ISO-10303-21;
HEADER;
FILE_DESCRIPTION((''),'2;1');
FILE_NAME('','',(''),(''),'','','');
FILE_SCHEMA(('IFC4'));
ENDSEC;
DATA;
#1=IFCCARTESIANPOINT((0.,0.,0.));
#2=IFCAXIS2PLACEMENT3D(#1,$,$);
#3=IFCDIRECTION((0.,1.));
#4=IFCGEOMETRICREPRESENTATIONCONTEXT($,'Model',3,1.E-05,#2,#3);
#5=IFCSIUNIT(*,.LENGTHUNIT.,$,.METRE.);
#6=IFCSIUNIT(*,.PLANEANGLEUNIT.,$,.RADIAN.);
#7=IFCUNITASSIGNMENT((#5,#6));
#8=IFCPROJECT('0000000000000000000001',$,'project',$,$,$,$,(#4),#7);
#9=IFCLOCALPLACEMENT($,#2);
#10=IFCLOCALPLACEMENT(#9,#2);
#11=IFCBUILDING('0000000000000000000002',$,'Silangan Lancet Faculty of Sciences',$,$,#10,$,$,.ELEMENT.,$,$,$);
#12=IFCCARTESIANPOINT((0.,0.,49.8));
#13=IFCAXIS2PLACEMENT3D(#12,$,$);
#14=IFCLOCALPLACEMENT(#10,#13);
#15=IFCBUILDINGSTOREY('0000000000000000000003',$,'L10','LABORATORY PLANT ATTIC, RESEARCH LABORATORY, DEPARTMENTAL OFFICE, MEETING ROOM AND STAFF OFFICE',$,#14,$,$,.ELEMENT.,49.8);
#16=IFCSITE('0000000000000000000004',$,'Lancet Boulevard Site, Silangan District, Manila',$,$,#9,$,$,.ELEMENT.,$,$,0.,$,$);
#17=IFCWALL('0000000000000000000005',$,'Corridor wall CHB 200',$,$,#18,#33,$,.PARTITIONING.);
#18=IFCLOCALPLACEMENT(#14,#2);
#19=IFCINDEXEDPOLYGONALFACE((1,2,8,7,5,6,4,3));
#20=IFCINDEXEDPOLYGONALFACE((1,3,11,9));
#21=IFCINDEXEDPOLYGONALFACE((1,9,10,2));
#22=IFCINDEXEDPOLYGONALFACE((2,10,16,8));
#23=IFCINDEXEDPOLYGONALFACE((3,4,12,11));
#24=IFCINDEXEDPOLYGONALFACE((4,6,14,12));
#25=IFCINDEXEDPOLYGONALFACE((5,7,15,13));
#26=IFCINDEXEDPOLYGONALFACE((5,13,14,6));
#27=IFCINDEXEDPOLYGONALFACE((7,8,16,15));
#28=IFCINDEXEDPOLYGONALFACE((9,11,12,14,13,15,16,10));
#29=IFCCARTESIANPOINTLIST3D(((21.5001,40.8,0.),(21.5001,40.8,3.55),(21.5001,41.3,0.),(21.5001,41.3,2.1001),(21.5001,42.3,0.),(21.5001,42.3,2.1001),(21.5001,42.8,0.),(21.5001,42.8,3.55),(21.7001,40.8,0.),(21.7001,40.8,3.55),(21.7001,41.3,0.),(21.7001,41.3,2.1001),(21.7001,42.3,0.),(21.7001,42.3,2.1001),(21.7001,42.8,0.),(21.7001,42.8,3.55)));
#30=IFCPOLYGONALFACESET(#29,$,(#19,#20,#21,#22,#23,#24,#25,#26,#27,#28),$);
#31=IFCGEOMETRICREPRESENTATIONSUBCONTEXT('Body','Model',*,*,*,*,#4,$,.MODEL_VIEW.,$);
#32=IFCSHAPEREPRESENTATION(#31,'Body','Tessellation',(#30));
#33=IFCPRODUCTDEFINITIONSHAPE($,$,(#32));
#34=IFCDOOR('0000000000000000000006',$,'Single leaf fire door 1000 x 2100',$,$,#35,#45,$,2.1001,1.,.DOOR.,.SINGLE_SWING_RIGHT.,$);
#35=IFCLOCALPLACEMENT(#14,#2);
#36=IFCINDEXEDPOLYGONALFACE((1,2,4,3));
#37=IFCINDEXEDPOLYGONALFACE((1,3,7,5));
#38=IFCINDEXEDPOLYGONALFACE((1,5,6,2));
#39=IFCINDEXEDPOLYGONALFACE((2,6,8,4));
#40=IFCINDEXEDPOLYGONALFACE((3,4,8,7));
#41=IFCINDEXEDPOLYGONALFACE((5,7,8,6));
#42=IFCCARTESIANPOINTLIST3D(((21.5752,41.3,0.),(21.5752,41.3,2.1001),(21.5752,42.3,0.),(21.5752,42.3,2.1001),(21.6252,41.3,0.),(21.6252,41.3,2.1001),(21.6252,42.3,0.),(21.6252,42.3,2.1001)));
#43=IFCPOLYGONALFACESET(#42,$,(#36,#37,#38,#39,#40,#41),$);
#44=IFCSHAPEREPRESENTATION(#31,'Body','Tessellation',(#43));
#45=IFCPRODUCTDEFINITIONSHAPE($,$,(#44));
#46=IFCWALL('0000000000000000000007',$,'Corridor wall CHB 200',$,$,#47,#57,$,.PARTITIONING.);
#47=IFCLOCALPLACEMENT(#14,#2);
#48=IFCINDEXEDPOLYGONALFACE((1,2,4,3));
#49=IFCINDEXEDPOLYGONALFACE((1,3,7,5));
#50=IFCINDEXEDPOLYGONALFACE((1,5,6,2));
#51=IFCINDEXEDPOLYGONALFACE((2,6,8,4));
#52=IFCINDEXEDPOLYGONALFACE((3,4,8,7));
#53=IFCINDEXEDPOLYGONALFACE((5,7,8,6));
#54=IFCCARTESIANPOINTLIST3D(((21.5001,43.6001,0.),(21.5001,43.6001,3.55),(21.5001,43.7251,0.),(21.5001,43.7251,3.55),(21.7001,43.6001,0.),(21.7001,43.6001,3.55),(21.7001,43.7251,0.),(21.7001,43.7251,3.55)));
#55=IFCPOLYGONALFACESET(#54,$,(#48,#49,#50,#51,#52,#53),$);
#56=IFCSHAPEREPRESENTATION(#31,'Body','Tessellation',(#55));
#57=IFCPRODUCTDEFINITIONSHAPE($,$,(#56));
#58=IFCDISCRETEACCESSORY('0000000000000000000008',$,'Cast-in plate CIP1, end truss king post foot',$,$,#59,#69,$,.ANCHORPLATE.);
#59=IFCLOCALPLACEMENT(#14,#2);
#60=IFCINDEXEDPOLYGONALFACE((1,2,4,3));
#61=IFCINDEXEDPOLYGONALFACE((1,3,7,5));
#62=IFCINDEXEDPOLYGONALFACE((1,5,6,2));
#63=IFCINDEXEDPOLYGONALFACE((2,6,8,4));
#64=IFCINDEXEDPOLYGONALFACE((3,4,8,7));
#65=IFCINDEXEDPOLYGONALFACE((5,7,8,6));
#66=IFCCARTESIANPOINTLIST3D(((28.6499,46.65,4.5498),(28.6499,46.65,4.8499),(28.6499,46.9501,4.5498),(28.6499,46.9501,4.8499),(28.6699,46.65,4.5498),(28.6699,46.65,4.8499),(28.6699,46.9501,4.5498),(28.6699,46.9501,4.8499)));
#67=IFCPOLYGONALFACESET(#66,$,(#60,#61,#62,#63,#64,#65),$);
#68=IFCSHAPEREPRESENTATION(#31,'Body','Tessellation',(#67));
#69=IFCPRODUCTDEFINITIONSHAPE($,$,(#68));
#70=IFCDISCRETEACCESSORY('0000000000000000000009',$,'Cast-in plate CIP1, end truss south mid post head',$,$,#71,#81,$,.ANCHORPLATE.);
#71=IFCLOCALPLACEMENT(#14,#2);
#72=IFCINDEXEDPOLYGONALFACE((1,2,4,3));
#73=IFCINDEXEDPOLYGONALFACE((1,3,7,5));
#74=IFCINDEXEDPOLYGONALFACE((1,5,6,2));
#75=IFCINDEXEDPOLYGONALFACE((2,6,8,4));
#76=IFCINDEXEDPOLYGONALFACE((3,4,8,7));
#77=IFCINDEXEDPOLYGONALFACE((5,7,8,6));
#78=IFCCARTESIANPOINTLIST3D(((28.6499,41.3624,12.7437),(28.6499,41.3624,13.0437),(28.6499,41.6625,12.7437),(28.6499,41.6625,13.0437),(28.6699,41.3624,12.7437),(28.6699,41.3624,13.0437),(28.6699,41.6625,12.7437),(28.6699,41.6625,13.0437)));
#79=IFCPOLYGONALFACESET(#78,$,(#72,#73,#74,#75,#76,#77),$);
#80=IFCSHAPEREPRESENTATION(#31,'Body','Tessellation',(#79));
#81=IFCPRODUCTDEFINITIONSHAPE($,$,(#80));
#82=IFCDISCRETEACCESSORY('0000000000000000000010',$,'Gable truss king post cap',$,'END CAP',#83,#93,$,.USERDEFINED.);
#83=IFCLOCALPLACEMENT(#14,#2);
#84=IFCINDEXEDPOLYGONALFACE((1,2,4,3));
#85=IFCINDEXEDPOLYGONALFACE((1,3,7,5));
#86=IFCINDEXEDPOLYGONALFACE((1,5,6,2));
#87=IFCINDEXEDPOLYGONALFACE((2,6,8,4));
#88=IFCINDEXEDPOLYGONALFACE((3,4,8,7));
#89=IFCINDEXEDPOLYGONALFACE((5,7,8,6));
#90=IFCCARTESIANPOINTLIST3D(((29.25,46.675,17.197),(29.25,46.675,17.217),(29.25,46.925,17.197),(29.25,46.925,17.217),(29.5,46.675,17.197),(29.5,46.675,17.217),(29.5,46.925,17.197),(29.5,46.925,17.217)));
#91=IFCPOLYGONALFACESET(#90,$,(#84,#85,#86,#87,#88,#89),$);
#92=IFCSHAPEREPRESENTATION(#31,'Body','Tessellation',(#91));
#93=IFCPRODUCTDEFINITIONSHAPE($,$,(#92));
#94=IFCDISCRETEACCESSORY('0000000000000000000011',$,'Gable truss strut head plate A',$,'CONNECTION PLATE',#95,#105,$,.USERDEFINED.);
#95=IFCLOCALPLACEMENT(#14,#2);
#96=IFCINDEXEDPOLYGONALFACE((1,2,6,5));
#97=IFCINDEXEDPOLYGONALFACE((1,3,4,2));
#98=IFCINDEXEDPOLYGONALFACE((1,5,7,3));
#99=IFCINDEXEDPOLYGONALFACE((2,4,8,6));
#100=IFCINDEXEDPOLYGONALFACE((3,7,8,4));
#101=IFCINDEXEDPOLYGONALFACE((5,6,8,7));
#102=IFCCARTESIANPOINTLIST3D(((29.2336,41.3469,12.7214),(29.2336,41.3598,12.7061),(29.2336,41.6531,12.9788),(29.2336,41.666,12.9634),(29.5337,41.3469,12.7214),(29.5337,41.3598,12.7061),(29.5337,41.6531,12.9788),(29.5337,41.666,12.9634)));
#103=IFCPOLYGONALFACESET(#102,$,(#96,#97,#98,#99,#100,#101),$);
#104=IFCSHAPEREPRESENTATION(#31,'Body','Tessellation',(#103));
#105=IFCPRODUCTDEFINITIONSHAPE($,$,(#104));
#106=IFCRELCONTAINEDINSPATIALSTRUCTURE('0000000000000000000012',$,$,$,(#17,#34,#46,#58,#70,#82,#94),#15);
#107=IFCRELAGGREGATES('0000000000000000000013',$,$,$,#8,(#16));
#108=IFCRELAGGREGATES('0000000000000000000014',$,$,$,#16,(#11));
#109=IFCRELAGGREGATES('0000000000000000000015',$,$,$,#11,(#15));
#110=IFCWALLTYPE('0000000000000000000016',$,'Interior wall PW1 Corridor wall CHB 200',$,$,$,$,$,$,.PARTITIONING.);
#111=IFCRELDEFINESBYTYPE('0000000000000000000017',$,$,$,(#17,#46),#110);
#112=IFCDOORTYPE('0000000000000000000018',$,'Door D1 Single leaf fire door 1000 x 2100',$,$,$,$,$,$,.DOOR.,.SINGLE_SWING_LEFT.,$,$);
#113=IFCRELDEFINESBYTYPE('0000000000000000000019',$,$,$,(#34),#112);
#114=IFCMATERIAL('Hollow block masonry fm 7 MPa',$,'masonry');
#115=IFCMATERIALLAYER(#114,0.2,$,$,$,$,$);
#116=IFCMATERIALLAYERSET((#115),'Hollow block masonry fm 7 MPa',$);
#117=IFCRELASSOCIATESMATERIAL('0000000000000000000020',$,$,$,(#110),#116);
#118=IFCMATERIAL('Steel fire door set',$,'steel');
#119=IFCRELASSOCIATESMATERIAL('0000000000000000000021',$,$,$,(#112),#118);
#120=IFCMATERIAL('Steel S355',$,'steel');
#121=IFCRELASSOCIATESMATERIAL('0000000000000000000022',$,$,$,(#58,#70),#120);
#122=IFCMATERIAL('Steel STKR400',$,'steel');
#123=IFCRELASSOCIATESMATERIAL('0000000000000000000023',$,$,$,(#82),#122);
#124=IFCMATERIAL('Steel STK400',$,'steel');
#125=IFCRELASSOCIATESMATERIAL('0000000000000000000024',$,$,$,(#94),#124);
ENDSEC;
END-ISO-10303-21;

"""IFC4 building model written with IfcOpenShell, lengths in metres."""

from ifc_helpers import new_model, si_unit, direction, frame, frame_2d, origin, origin_2d, place, context, subcontext, project, spatial, polyline, rectangle, outline, extrude, material, layer, layer_set, type_object, element, fill, save


model = new_model("IFC4")

# Units and contexts
model_context = context("Model", 3, precision=1e-05, world=origin(), true_north=direction((0.0, 1.0)))
body_context = subcontext(model_context, "Body", "Model", "MODEL_VIEW")
ifc_project = project(units=[si_unit("LENGTHUNIT", "METRE"), si_unit("PLANEANGLEUNIT", "RADIAN")], contexts=[model_context])

# Site, building, storey
site_placement = place(None, origin())
site = spatial("IfcSite", under=ifc_project, at=site_placement, Name="Lancet Boulevard Site, Silangan District, Manila", CompositionType="ELEMENT", RefElevation=0.0)
building_placement = place(site_placement, origin())
building = spatial("IfcBuilding", under=site, at=building_placement, Name="Silangan Lancet Faculty of Sciences", CompositionType="ELEMENT")
storey_placement = place(building_placement, frame((0.0, 0.0, 49.8)))
storey = spatial("IfcBuildingStorey", under=building, at=storey_placement, Name="L10", Description="LABORATORY PLANT ATTIC, RESEARCH LABORATORY, DEPARTMENTAL OFFICE, MEETING ROOM AND STAFF OFFICE", CompositionType="ELEMENT", Elevation=49.8)

# Wall, opening, door
ifc_material_1 = material(Name="Hollow block masonry fm 7 MPa", Category="masonry")
ifc_layer_1 = layer(ifc_material_1, 0.2)
ifc_layer_set_1 = layer_set([ifc_layer_1], Name="Hollow block masonry fm 7 MPa")
wall_type_1 = type_object("IfcWallType", Name="Interior wall PW1 Corridor wall CHB 200", PredefinedType="PARTITIONING", material=ifc_layer_set_1)
ifc_material_2 = material(Name="Steel fire door set", Category="steel")
door_type = type_object("IfcDoorType", Name="Door D1 Single leaf fire door 1000 x 2100", OperationType="SINGLE_SWING_LEFT", PredefinedType="DOOR", material=ifc_material_2)
wall_1_placement = place(storey_placement, frame((21.6001, 40.8, 0.0), z_axis=(0.0, 0.0, 1.0), x_axis=(0.0, 1.0, 0.0)))
wall_1 = element("IfcWall", 1, at=wall_1_placement, inside=storey, type_object=wall_type_1, Name="Corridor wall CHB 200", PredefinedType="PARTITIONING", context=body_context, shape_type="SweptSolid", body=[
    extrude(rectangle(XDim=2.0, YDim=0.2, at=frame_2d((1.0, 0.0))), origin(), (0.0, 0.0, 1.0), 3.55),
])
opening_1_placement = place(wall_1_placement, frame((0.5, 0.0, 0.0)))
opening_1 = element("IfcOpeningElement", 2, at=opening_1_placement, cuts=wall_1, PredefinedType="OPENING", context=body_context, shape_type="SweptSolid", body=[
    extrude(rectangle(XDim=1.0, YDim=2.1001, at=frame_2d((0.5, 1.05))), frame((0.0, 0.1099, 0.0), z_axis=(0.0, -1.0, 0.0), x_axis=(1.0, 0.0, 0.0)), (0.0, 0.0, 1.0), 0.22),
])
door_1_placement = place(opening_1_placement, frame((1.0, 0.0, 0.0), z_axis=(0.0, 0.0, 1.0), x_axis=(-1.0, 0.0, 0.0)))
door_1 = element("IfcDoor", 3, at=door_1_placement, inside=storey, type_object=door_type, Name="Single leaf fire door 1000 x 2100", OperationType="SINGLE_SWING_RIGHT", OverallHeight=2.1001, OverallWidth=1.0, PredefinedType="DOOR", context=body_context, shape_type="SweptSolid", body=[
    extrude(rectangle(XDim=1.0, YDim=2.1001, at=frame_2d((0.5, 1.05))), frame((0.0, 0.0251, 0.0), z_axis=(0.0, -1.0, 0.0), x_axis=(1.0, 0.0, 0.0)), (0.0, 0.0, 1.0), 0.05),
])
fill(opening_1, door_1)

# Wall
wall_2_placement = place(storey_placement, frame((21.6001, 43.6001, 0.0), z_axis=(0.0, 0.0, 1.0), x_axis=(0.0, 1.0, 0.0)))
element("IfcWall", 4, at=wall_2_placement, inside=storey, type_object=wall_type_1, Name="Corridor wall CHB 200", PredefinedType="PARTITIONING", context=body_context, shape_type="SweptSolid", body=[
    extrude(rectangle(XDim=0.125, YDim=0.2, at=frame_2d((0.0625, 0.0))), origin(), (0.0, 0.0, 1.0), 3.55),
])

# Discrete accessories
ifc_material_3 = material(Name="Steel S355", Category="steel")
for number, where, z_axis, x_axis, name in (
    (5, (28.6599, 46.8, 4.5498), (0.0, 0.0, 1.0), (1.0, 0.0, 0.0), "Cast-in plate CIP1, end truss king post foot"),
    (6, (28.6599, 41.5125, 12.7437), (0.0, 0.0, 1.0), (1.0, 0.0, 0.0), "Cast-in plate CIP1, end truss south mid post head"),
):
    element("IfcDiscreteAccessory", number, at=place(storey_placement, frame(where, z_axis=z_axis, x_axis=x_axis)), inside=storey, material=ifc_material_3, Name=name, PredefinedType="ANCHORPLATE", context=body_context, shape_type="SweptSolid", body=[
        extrude(rectangle(XDim=0.02, YDim=0.3, at=origin_2d()), origin(), (0.0, 0.0, 1.0), 0.3),
    ])
ifc_material_4 = material(Name="Steel STKR400", Category="steel")
discrete_accessory_1_placement = place(storey_placement, frame((29.375, 46.8, 17.197), z_axis=(0.0, 0.0, 1.0), x_axis=(1.0, 0.0, 0.0)))
element("IfcDiscreteAccessory", 7, at=discrete_accessory_1_placement, inside=storey, material=ifc_material_4, Name="Gable truss king post cap", ObjectType="END CAP", PredefinedType="USERDEFINED", context=body_context, shape_type="SweptSolid", body=[
    extrude(rectangle(XDim=0.25, YDim=0.25, at=origin_2d()), origin(), (0.0, 0.0, 1.0), 0.02),
])
ifc_material_5 = material(Name="Steel STK400", Category="steel")
discrete_accessory_2_placement = place(storey_placement, frame((29.2336, 41.3469, 12.7214), z_axis=(0.0, -0.643421, 0.765512), x_axis=(1.0, 0.0, 0.0)))
element("IfcDiscreteAccessory", 8, at=discrete_accessory_2_placement, inside=storey, material=ifc_material_5, Name="Gable truss strut head plate A", ObjectType="CONNECTION PLATE", PredefinedType="USERDEFINED", context=body_context, shape_type="SweptSolid", body=[
    extrude(outline(polyline([(0.0, 0.0), (0.3, 0.0), (0.3, 0.3999), (0.0, 0.3999), (0.0, 0.0)])), origin(), (0.0, 0.0, -1.0), 0.02),
])

save(model, "model.ifc")
